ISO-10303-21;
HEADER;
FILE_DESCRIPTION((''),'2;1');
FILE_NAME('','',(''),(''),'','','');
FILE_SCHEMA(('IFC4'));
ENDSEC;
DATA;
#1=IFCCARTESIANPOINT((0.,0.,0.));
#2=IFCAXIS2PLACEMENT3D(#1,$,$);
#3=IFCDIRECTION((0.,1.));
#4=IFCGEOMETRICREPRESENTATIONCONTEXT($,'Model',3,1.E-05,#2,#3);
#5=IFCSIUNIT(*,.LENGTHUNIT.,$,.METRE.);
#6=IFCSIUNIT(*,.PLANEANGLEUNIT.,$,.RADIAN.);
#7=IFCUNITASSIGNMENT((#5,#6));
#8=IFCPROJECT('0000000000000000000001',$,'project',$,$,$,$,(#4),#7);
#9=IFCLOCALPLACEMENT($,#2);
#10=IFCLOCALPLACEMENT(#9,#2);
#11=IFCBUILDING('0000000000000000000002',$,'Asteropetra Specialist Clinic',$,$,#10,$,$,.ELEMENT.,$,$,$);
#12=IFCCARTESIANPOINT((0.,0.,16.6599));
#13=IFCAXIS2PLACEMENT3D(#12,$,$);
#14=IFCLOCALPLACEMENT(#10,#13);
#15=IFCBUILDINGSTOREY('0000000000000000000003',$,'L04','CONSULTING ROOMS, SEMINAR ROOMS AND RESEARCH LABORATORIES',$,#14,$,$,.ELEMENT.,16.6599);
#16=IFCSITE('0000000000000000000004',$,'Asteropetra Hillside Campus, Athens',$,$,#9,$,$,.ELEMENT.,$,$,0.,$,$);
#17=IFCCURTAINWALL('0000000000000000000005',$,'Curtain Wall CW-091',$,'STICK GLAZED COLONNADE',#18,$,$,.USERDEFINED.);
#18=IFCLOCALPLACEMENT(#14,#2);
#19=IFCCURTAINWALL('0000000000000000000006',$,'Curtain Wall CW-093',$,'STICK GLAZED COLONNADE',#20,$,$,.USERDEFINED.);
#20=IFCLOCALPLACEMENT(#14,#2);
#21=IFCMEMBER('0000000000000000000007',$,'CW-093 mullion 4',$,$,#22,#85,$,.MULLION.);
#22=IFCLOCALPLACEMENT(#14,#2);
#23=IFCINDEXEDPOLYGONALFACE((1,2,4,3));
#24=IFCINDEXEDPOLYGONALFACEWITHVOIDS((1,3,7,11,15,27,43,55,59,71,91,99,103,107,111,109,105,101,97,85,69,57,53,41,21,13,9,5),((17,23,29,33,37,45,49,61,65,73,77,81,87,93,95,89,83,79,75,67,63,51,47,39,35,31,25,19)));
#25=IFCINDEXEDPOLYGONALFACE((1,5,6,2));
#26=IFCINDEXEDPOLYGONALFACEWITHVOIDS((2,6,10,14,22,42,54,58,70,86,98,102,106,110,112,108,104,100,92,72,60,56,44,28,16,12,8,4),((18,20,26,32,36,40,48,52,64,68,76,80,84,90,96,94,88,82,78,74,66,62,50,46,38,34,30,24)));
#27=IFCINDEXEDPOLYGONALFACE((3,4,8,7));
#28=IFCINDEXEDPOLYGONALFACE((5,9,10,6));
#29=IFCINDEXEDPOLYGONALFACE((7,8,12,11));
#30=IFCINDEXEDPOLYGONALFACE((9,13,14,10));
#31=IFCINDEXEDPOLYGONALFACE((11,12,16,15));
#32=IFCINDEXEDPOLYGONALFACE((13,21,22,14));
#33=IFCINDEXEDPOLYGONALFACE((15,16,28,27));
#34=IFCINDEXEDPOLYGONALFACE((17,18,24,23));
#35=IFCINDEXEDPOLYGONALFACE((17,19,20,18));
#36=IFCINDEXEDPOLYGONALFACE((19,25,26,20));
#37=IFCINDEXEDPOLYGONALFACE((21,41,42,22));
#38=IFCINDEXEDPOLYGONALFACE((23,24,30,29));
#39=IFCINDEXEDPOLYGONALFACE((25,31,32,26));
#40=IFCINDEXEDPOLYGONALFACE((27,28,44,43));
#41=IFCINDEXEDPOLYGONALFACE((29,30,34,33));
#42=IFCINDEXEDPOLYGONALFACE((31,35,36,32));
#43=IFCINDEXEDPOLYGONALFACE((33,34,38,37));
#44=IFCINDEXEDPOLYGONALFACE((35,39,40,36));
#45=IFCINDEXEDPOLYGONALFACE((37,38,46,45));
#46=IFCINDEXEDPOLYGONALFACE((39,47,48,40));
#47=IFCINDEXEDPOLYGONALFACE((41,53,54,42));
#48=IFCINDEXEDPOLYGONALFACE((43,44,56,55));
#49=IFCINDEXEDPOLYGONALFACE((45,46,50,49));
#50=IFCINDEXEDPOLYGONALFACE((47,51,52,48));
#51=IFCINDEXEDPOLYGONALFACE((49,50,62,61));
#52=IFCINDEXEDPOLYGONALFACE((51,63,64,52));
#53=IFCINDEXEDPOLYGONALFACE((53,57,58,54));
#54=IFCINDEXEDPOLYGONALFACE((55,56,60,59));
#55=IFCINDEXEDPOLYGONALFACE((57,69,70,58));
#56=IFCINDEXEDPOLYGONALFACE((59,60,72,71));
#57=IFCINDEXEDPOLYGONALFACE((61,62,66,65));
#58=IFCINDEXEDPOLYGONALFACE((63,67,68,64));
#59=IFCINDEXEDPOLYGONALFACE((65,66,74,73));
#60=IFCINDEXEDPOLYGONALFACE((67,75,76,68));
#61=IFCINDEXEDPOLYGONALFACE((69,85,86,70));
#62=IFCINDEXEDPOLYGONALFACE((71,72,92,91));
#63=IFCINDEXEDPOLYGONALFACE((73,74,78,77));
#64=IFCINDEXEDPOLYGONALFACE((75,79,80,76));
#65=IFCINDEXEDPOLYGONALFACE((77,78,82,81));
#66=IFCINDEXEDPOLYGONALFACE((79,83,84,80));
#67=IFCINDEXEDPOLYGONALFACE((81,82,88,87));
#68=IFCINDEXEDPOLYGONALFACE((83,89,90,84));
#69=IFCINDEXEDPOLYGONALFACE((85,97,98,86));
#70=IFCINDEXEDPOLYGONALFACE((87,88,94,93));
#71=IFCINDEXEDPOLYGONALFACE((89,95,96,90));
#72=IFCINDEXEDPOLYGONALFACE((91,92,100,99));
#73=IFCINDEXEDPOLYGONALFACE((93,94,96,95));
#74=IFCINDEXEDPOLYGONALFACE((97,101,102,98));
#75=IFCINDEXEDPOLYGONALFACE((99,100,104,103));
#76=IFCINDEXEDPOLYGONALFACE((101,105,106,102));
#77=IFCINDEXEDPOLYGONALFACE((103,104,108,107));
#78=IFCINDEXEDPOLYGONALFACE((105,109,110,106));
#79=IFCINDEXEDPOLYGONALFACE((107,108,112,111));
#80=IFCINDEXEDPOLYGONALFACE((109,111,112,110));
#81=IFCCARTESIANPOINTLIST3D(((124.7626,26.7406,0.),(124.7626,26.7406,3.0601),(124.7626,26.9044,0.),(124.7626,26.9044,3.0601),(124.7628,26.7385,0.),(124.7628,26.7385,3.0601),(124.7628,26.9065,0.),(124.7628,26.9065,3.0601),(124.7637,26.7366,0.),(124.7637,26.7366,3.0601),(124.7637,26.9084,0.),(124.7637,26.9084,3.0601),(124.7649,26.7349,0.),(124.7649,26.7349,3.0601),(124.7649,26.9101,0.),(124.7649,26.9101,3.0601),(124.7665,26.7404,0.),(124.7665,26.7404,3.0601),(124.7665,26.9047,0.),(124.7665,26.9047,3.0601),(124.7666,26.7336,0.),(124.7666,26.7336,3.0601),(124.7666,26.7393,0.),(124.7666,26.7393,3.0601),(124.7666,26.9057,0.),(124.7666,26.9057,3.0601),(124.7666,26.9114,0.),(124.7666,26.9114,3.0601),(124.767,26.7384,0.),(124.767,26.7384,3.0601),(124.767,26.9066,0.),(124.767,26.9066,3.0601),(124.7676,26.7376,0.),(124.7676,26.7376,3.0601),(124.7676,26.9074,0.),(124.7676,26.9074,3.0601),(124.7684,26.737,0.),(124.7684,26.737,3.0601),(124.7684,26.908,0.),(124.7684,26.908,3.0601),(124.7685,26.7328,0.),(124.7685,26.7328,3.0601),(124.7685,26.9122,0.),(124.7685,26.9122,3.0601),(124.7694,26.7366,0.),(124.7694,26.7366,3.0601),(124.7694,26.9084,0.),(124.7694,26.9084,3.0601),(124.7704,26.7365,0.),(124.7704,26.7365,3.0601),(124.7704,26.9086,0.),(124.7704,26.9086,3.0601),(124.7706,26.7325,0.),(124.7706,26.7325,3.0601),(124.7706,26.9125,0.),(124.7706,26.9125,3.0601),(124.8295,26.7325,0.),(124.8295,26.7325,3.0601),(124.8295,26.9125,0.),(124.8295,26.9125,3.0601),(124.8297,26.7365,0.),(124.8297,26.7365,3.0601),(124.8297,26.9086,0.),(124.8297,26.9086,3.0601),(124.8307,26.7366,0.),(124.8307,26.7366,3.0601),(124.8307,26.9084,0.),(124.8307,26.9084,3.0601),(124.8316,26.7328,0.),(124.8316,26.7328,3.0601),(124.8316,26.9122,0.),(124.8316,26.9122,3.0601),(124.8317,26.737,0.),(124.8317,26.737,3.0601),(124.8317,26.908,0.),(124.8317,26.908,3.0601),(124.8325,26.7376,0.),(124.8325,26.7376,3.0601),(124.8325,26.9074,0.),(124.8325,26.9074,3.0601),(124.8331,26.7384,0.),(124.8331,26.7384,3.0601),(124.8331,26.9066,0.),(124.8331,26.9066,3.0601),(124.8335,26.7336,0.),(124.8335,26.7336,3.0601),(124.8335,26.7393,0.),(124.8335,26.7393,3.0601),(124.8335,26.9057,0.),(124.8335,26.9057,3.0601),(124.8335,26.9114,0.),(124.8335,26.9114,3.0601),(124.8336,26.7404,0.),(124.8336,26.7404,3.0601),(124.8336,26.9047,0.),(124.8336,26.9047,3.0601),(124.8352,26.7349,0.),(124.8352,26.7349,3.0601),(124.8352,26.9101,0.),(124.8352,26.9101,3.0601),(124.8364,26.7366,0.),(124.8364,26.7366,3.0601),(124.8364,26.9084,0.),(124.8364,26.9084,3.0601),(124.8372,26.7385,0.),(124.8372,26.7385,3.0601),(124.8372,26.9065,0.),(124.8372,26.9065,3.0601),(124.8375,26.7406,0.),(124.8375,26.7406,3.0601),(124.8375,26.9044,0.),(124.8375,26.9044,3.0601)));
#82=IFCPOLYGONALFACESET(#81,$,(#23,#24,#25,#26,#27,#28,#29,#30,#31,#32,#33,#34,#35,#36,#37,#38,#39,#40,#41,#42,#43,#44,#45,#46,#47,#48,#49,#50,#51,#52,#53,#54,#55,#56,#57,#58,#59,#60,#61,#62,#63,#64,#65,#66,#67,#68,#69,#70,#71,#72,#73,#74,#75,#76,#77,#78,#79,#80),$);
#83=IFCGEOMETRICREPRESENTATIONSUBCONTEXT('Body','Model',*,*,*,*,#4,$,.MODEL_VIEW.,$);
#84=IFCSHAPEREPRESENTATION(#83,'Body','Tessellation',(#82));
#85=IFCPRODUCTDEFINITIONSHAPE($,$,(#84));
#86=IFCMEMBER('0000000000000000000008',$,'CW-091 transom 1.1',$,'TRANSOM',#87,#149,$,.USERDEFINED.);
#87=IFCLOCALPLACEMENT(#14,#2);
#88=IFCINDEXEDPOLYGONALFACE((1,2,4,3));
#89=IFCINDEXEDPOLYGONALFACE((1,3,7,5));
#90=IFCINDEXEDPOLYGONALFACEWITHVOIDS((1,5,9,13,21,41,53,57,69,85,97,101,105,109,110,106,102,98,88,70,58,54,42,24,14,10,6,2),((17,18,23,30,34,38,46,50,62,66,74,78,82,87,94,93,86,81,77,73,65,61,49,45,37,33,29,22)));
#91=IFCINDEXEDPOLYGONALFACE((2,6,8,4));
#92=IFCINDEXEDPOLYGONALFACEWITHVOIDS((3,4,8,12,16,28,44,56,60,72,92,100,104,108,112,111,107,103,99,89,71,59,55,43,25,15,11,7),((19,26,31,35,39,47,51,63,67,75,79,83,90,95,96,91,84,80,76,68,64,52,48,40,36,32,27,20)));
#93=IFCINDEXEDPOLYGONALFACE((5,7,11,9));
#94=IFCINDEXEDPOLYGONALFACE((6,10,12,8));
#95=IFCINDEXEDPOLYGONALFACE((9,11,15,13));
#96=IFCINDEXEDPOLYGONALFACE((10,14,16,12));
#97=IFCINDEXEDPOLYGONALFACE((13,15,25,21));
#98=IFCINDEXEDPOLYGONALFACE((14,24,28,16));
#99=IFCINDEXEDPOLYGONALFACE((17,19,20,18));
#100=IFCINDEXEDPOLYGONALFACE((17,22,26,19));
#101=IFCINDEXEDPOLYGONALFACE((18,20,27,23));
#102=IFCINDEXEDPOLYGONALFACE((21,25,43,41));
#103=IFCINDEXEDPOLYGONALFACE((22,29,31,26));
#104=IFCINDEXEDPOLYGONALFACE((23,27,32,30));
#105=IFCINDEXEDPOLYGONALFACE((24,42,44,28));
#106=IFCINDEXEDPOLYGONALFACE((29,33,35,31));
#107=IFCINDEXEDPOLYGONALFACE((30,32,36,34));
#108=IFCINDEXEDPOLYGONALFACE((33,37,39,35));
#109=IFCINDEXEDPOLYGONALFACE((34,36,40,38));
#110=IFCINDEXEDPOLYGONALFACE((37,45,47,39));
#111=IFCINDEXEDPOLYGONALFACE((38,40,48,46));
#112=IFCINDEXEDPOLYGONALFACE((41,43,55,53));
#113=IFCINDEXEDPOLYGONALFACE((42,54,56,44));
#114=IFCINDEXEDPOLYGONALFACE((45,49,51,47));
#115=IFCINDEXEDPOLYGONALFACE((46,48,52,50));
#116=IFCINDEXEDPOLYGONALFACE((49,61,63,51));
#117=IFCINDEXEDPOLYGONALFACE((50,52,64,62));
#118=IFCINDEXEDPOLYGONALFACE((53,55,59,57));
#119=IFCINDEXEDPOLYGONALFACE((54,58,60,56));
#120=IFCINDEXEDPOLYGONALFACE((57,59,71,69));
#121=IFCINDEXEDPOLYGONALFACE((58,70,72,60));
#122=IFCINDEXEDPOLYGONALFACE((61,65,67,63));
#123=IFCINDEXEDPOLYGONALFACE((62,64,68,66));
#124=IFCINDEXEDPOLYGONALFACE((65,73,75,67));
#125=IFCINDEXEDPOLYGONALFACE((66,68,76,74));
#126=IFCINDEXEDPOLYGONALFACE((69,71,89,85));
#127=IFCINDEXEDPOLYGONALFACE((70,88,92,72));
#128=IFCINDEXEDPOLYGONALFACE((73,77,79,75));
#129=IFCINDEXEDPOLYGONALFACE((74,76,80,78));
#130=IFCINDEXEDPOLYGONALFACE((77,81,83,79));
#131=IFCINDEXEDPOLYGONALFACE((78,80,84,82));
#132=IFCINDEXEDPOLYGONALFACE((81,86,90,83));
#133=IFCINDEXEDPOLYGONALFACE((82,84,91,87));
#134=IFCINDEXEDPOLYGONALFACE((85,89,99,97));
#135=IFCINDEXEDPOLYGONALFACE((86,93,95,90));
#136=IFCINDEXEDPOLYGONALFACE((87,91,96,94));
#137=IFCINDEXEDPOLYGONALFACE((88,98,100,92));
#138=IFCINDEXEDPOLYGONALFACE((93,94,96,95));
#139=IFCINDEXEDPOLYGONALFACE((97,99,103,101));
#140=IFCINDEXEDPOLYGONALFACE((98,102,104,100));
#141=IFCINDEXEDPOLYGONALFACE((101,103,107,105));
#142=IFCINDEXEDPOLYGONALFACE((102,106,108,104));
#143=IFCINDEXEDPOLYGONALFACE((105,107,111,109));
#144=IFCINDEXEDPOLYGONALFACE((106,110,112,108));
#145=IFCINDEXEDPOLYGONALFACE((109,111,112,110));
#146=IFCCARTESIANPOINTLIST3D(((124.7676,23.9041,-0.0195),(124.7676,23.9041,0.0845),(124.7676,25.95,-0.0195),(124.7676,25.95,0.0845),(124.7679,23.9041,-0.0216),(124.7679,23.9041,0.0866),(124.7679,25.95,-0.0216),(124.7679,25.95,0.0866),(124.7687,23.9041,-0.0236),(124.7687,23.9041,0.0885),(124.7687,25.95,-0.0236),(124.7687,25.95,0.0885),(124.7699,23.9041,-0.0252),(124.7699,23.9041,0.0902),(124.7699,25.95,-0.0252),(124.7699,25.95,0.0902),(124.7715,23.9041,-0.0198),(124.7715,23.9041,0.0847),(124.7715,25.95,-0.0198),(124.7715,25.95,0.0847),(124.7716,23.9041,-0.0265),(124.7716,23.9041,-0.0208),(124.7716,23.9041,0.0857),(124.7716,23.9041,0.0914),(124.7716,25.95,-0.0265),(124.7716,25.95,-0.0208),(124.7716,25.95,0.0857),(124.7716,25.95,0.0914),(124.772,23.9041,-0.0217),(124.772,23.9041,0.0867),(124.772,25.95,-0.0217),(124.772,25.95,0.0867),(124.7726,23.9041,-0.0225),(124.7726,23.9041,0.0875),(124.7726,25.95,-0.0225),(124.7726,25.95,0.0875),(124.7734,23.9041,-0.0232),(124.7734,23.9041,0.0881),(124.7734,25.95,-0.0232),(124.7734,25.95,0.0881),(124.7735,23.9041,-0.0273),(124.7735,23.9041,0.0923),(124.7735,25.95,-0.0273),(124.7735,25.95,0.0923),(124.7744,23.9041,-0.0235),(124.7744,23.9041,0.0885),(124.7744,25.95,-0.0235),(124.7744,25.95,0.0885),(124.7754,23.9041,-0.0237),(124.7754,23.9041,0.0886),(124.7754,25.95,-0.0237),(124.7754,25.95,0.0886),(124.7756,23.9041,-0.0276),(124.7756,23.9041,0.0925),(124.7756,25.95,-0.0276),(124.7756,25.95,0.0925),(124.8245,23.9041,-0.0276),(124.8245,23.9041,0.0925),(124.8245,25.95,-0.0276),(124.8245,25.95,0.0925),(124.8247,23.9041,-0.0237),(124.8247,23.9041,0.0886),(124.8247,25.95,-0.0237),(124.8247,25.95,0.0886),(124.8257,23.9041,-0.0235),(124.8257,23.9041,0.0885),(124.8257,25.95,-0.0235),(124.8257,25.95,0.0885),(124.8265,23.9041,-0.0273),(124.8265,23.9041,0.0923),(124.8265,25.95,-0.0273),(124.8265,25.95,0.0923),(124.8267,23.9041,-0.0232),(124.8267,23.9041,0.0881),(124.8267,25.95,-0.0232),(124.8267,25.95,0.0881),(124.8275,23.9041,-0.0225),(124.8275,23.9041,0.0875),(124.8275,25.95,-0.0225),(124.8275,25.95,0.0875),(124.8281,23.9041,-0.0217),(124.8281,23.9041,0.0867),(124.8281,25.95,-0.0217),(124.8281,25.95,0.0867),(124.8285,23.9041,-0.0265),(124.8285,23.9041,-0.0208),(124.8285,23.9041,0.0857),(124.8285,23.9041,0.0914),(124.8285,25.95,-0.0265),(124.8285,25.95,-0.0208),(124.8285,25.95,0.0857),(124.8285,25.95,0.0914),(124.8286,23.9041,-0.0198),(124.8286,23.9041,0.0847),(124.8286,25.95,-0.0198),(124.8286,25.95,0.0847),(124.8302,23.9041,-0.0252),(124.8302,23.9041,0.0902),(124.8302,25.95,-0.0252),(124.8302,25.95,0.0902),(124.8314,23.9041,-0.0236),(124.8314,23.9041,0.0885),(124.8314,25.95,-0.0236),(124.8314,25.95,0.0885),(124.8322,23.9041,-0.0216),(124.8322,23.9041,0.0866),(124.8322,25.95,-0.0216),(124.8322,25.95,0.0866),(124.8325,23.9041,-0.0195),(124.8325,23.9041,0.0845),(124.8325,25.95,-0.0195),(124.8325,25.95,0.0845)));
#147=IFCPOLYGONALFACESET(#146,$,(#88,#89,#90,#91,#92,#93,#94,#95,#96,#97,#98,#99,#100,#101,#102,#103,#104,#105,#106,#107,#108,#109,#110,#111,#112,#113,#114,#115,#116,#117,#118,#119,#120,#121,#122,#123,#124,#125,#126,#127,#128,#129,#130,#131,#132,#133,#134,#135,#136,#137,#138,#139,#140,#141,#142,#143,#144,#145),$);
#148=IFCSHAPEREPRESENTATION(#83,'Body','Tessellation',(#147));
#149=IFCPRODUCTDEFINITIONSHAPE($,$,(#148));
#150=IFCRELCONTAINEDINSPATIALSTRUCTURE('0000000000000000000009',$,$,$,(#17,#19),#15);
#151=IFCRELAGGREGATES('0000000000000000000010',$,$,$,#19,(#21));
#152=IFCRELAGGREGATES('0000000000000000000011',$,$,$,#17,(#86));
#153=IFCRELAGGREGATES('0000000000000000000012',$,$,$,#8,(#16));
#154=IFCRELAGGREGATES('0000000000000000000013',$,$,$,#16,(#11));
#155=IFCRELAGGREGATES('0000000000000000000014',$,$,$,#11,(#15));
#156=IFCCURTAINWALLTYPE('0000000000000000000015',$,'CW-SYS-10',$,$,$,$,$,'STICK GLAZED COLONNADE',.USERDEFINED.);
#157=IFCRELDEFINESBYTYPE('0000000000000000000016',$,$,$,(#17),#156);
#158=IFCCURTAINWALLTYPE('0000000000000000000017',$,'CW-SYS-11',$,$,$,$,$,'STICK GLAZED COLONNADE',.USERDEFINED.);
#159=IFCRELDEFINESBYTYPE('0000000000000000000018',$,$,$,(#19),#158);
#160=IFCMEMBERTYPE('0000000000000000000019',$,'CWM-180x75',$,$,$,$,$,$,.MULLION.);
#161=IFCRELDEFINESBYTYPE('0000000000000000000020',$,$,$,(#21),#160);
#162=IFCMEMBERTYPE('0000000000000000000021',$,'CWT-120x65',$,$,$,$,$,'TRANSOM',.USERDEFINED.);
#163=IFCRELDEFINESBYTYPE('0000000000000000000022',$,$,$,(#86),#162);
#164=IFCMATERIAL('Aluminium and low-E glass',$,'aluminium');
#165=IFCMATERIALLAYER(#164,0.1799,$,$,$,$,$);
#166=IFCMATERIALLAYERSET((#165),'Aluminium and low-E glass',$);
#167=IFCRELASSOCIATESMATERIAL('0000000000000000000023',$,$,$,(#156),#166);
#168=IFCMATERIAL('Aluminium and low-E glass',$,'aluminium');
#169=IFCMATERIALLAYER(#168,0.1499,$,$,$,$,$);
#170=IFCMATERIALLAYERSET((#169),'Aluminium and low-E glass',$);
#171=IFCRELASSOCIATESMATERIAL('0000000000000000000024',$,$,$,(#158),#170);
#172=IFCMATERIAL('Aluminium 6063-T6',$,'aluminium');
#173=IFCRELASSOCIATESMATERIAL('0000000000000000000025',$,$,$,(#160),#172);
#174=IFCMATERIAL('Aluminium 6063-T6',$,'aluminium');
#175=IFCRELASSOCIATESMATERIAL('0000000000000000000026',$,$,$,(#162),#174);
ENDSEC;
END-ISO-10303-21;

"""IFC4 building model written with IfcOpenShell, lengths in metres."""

from ifc_helpers import new_model, si_unit, direction, frame, origin, origin_2d, place, context, subcontext, project, spatial, hollow_rectangle, extrude, material, layer, layer_set, material_profile, profile_set, type_object, element, aggregate, save


model = new_model("IFC4")

# Units and contexts
model_context = context("Model", 3, precision=1e-05, world=origin(), true_north=direction((0.0, 1.0)))
body_context = subcontext(model_context, "Body", "Model", "MODEL_VIEW")
ifc_project = project(units=[si_unit("LENGTHUNIT", "METRE"), si_unit("PLANEANGLEUNIT", "RADIAN")], contexts=[model_context])

# Site, building, storey
site_placement = place(None, origin())
site = spatial("IfcSite", under=ifc_project, at=site_placement, Name="Asteropetra Hillside Campus, Athens", CompositionType="ELEMENT", RefElevation=0.0)
building_placement = place(site_placement, origin())
building = spatial("IfcBuilding", under=site, at=building_placement, Name="Asteropetra Specialist Clinic", CompositionType="ELEMENT")
storey_placement = place(building_placement, frame((0.0, 0.0, 16.6599)))
storey = spatial("IfcBuildingStorey", under=building, at=storey_placement, Name="L04", Description="CONSULTING ROOMS, SEMINAR ROOMS AND RESEARCH LABORATORIES", CompositionType="ELEMENT", Elevation=16.6599)

# Curtain wall
ifc_material_1 = material(Name="Aluminium and low-E glass", Category="aluminium")
ifc_layer_1 = layer(ifc_material_1, 0.1799)
ifc_layer_set_1 = layer_set([ifc_layer_1], Name="Aluminium and low-E glass")
curtain_wall_type_1 = type_object("IfcCurtainWallType", Name="CW-SYS-10", ElementType="STICK GLAZED COLONNADE", PredefinedType="USERDEFINED", material=ifc_layer_set_1)
curtain_wall_1_placement = place(storey_placement, origin())
curtain_wall_1 = element("IfcCurtainWall", 1, at=curtain_wall_1_placement, inside=storey, type_object=curtain_wall_type_1, Name="Curtain Wall CW-091", ObjectType="STICK GLAZED COLONNADE", PredefinedType="USERDEFINED")

# Curtain wall, member
ifc_material_2 = material(Name="Aluminium and low-E glass", Category="aluminium")
ifc_layer_2 = layer(ifc_material_2, 0.1499)
ifc_layer_set_2 = layer_set([ifc_layer_2], Name="Aluminium and low-E glass")
curtain_wall_type_2 = type_object("IfcCurtainWallType", Name="CW-SYS-11", ElementType="STICK GLAZED COLONNADE", PredefinedType="USERDEFINED", material=ifc_layer_set_2)
curtain_wall_2_placement = place(storey_placement, origin())
curtain_wall_2 = element("IfcCurtainWall", 2, at=curtain_wall_2_placement, inside=storey, type_object=curtain_wall_type_2, Name="Curtain Wall CW-093", ObjectType="STICK GLAZED COLONNADE", PredefinedType="USERDEFINED")
ifc_material_3 = material(Name="Aluminium 6063-T6", Category="aluminium")
ifc_material_profile_1 = material_profile(ifc_material_3, hollow_rectangle(XDim=0.075, YDim=0.1799, WallThickness=0.0039, InnerFilletRadius=0.0039, OuterFilletRadius=0.0081, at=origin_2d()), Name="MUL 180x75x4.0")
ifc_profile_set_1 = profile_set([ifc_material_profile_1], Name="Aluminium 6063-T6")
member_type_1 = type_object("IfcMemberType", Name="CWM-180x75", PredefinedType="MULLION", material=ifc_profile_set_1)
member_1_placement = place(storey_placement, frame((124.8, 26.8225, 0.0), z_axis=(0.0, 0.0, 1.0), x_axis=(1.0, 0.0, 0.0)))
member_1 = element("IfcMember", 3, at=member_1_placement, type_object=member_type_1, Name="CW-093 mullion 4", PredefinedType="MULLION", context=body_context, shape_type="SweptSolid", body=[
    extrude(hollow_rectangle(XDim=0.075, YDim=0.1799, WallThickness=0.0039, InnerFilletRadius=0.0039, OuterFilletRadius=0.0081, at=origin_2d()), origin(), (0.0, 0.0, 1.0), 3.0601),
])

# Member
ifc_material_4 = material(Name="Aluminium 6063-T6", Category="aluminium")
ifc_material_profile_2 = material_profile(ifc_material_4, hollow_rectangle(XDim=0.0649, YDim=0.1201, WallThickness=0.0039, InnerFilletRadius=0.0039, OuterFilletRadius=0.0081, at=origin_2d()), Name="TRN 120x65x4.0")
ifc_profile_set_2 = profile_set([ifc_material_profile_2], Name="Aluminium 6063-T6")
member_type_2 = type_object("IfcMemberType", Name="CWT-120x65", ElementType="TRANSOM", PredefinedType="USERDEFINED", material=ifc_profile_set_2)
member_2_placement = place(storey_placement, frame((124.8, 25.95, 0.0325), z_axis=(0.0, -1.0, 0.0), x_axis=(1.0, 0.0, 0.0)))
member_2 = element("IfcMember", 4, at=member_2_placement, type_object=member_type_2, Name="CW-091 transom 1.1", ObjectType="TRANSOM", PredefinedType="USERDEFINED", context=body_context, shape_type="SweptSolid", body=[
    extrude(hollow_rectangle(XDim=0.0649, YDim=0.1201, WallThickness=0.0039, InnerFilletRadius=0.0039, OuterFilletRadius=0.0081, at=origin_2d()), origin(), (0.0, 0.0, 1.0), 2.0459),
])

aggregate(curtain_wall_2, [member_1])
aggregate(curtain_wall_1, [member_2])

save(model, "model.ifc")
